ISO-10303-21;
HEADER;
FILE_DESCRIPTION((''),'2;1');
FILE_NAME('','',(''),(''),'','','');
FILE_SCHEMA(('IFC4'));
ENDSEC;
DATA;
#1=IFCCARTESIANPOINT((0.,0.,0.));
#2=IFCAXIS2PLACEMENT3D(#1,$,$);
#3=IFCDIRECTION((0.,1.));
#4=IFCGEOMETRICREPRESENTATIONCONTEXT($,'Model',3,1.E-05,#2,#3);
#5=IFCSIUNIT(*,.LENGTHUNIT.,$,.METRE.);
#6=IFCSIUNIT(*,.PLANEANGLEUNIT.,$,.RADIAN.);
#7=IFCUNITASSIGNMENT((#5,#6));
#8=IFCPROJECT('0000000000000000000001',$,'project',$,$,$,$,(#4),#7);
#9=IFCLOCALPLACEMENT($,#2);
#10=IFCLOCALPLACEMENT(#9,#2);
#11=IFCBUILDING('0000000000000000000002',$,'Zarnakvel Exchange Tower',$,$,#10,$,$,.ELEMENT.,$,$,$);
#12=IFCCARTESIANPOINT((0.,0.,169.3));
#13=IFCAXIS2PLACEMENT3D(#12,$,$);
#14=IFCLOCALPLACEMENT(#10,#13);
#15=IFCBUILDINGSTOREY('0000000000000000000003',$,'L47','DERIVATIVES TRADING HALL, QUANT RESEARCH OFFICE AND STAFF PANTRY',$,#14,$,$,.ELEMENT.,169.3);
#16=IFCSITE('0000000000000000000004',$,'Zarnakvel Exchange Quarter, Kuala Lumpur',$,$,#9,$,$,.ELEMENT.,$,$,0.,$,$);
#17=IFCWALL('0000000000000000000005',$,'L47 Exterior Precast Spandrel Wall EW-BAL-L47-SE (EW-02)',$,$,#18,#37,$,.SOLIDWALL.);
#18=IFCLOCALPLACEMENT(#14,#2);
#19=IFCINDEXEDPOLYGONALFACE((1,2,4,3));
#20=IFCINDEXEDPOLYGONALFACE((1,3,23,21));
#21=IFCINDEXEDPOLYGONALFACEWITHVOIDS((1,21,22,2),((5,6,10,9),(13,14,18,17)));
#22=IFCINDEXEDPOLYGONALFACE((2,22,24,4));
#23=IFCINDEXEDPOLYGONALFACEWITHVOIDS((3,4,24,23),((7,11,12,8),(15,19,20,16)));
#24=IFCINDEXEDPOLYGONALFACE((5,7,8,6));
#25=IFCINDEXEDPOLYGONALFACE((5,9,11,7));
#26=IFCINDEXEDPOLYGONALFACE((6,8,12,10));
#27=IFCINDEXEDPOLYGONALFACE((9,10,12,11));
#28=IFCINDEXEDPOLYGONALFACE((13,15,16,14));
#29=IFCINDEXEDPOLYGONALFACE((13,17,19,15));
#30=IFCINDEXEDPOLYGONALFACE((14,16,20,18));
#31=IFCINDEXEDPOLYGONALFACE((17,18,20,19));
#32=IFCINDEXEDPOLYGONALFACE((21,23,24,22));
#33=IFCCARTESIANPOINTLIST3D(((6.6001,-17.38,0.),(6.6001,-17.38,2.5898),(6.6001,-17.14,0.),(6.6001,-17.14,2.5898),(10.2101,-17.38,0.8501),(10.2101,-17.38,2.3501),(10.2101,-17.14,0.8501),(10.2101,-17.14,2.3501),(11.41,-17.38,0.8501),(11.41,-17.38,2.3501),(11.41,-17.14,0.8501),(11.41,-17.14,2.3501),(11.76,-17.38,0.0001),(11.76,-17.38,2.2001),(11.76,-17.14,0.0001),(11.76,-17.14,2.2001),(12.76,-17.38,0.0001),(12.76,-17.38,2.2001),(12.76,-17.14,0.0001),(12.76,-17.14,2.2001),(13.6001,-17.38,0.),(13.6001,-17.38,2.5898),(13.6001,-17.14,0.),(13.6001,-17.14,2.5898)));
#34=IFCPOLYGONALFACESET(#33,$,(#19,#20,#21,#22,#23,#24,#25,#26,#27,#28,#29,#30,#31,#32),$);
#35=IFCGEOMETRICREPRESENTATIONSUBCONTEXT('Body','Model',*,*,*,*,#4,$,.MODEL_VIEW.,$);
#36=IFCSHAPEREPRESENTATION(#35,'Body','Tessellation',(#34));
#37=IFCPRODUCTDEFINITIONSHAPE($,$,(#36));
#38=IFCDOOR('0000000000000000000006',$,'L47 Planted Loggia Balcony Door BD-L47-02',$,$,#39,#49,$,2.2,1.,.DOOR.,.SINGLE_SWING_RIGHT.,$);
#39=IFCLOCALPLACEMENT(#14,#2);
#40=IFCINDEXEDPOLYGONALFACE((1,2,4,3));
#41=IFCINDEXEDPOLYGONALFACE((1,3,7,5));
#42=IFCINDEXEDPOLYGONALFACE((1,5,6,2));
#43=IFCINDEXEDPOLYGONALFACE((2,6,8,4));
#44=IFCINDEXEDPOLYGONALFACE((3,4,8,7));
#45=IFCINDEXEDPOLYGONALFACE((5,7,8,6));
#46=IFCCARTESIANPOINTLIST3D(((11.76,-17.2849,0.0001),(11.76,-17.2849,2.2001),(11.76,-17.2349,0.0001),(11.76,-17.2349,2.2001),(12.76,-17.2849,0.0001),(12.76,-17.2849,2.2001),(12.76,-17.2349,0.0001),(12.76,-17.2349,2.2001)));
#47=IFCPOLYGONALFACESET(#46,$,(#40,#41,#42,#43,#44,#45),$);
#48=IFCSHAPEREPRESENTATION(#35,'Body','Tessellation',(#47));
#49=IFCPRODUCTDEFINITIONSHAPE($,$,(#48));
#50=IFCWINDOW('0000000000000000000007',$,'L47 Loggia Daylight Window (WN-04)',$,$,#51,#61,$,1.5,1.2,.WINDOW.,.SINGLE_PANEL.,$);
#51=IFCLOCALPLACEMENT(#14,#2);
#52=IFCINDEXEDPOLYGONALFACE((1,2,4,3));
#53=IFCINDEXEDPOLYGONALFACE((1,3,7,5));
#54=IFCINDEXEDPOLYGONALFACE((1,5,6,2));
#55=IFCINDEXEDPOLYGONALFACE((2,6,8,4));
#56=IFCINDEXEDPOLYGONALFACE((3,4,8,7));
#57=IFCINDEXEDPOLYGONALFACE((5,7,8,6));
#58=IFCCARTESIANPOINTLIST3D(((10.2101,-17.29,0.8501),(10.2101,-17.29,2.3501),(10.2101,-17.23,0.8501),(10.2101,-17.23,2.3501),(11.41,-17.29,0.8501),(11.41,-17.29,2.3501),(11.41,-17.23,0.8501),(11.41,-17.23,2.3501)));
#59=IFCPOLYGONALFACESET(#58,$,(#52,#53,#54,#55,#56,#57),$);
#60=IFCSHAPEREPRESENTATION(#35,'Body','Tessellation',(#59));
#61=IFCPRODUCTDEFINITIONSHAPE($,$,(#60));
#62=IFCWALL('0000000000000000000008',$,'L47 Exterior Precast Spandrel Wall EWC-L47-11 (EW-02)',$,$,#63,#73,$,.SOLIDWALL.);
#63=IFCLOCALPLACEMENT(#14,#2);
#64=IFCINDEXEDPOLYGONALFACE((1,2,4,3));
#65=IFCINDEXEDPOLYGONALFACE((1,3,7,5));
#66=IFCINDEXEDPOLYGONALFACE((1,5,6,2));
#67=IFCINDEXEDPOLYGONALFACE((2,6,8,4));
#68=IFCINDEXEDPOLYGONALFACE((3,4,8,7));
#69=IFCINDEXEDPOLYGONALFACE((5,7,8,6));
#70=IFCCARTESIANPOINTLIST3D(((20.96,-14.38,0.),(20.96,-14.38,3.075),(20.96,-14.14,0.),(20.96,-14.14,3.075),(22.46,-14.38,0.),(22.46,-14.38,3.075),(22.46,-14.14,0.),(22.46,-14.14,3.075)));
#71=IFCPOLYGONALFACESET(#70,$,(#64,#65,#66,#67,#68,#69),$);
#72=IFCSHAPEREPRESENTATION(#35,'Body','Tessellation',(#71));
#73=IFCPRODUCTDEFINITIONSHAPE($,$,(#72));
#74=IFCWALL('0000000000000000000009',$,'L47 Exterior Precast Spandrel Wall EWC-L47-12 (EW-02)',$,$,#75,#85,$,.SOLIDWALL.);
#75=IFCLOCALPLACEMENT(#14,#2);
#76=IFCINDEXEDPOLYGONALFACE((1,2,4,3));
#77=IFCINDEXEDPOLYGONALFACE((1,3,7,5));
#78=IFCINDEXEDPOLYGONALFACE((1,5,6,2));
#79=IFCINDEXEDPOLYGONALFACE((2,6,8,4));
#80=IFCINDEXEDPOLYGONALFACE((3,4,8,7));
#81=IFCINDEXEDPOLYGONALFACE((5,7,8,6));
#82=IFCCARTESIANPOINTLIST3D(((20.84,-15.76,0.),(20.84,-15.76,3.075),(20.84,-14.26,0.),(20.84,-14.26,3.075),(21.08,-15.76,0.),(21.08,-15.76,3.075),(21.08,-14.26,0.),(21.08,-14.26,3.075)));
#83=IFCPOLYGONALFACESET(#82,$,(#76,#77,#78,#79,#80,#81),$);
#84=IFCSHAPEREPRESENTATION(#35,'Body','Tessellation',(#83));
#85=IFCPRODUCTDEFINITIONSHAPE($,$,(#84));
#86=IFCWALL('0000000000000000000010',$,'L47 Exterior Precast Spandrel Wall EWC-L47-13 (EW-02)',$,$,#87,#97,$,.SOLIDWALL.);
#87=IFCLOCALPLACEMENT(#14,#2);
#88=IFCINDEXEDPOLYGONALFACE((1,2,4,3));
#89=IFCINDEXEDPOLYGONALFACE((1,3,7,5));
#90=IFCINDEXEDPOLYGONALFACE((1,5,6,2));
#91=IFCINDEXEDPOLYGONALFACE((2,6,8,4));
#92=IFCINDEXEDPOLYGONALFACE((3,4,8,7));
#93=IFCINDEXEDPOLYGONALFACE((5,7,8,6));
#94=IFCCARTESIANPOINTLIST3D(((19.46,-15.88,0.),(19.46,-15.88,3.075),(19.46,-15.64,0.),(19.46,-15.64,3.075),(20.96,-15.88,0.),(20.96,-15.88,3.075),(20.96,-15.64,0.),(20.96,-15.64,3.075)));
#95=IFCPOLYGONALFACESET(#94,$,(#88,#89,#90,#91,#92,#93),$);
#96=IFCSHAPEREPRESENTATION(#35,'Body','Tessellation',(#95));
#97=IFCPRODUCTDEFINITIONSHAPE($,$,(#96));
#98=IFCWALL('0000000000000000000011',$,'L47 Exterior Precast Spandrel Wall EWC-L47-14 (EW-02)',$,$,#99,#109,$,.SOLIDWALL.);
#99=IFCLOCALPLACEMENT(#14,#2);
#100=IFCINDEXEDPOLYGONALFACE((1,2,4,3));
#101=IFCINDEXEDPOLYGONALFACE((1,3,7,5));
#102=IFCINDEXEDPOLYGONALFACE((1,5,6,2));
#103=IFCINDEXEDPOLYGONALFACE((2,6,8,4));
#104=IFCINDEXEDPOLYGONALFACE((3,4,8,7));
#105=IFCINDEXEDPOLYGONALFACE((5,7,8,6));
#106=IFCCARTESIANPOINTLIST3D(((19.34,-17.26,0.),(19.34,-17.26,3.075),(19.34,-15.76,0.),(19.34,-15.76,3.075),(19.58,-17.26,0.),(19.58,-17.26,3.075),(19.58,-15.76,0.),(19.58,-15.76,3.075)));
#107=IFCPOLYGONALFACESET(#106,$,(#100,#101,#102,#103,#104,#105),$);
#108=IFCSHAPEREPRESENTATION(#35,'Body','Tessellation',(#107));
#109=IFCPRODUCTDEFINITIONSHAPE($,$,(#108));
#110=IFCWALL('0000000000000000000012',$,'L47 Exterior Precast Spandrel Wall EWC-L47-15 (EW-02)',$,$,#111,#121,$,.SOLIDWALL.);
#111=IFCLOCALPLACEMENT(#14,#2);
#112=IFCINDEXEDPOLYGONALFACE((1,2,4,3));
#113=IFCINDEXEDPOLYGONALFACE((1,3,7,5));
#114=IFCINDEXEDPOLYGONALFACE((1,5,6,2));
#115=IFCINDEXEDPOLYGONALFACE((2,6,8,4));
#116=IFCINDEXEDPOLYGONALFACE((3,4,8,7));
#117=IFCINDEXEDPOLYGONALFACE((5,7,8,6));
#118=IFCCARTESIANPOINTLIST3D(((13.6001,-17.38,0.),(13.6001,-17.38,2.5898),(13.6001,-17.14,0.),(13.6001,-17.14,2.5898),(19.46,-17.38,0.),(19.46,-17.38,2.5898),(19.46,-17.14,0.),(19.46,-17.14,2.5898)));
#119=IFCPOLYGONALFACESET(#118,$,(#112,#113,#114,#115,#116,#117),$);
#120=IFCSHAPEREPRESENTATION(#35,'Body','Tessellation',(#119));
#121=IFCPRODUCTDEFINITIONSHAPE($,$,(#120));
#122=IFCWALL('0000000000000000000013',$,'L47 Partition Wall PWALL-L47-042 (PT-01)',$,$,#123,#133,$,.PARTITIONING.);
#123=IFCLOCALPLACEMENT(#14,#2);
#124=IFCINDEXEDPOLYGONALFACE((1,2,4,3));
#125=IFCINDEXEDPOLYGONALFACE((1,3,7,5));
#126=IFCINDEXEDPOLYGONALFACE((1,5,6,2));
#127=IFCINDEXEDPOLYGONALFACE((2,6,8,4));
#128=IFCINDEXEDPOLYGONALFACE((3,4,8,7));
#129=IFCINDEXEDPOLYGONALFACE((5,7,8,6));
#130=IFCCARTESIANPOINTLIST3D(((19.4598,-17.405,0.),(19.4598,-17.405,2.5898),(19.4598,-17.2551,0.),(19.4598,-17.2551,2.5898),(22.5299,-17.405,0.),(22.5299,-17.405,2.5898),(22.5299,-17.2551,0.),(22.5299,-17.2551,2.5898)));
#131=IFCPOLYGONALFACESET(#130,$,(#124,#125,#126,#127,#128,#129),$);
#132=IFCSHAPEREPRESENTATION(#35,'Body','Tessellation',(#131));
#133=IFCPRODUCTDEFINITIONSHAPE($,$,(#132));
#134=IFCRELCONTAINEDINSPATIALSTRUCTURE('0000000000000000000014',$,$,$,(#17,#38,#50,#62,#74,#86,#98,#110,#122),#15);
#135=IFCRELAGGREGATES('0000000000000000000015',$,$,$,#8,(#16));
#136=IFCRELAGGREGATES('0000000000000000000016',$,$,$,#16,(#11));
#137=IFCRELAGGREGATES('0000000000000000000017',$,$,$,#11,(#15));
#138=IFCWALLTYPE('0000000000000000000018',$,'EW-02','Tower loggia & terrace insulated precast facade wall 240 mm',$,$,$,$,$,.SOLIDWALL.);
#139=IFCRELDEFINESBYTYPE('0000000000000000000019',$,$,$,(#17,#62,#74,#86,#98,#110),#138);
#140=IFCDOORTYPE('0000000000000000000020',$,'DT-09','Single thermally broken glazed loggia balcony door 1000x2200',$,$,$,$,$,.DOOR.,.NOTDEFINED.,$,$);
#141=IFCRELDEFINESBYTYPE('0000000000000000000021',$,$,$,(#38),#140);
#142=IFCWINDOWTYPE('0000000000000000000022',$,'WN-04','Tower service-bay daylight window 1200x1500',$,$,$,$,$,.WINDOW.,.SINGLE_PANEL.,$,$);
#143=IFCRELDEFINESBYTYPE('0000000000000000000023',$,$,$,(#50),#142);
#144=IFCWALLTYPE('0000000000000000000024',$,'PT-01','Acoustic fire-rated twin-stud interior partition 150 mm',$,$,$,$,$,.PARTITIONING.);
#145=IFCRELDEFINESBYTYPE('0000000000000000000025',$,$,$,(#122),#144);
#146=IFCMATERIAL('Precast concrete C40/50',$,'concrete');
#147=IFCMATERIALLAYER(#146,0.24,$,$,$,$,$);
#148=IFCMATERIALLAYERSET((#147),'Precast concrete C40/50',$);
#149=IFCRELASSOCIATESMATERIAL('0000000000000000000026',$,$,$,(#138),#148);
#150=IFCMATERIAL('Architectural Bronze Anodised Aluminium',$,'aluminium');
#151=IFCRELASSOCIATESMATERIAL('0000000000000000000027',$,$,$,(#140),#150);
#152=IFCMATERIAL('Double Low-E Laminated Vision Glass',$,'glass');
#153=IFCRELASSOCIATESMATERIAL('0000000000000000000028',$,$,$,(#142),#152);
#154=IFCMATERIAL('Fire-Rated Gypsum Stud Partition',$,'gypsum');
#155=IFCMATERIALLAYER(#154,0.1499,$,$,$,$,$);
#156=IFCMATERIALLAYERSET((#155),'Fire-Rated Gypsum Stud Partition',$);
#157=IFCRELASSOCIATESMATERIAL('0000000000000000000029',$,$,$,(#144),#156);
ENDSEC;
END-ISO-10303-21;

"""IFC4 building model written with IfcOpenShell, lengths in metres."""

from ifc_helpers import new_model, si_unit, direction, frame, frame_2d, origin, place, context, subcontext, project, spatial, rectangle, extrude, source, transform, mapped, material, layer, layer_set, type_object, element, fill, save


model = new_model("IFC4")

# Units and contexts
model_context = context("Model", 3, precision=1e-05, world=origin(), true_north=direction((0.0, 1.0)))
body_context = subcontext(model_context, "Body", "Model", "MODEL_VIEW")
ifc_project = project(units=[si_unit("LENGTHUNIT", "METRE"), si_unit("PLANEANGLEUNIT", "RADIAN")], contexts=[model_context])

# Site, building, storey
site_placement = place(None, origin())
site = spatial("IfcSite", under=ifc_project, at=site_placement, Name="Zarnakvel Exchange Quarter, Kuala Lumpur", CompositionType="ELEMENT", RefElevation=0.0)
building_placement = place(site_placement, origin())
building = spatial("IfcBuilding", under=site, at=building_placement, Name="Zarnakvel Exchange Tower", CompositionType="ELEMENT")
storey_placement = place(building_placement, frame((0.0, 0.0, 169.3)))
storey = spatial("IfcBuildingStorey", under=building, at=storey_placement, Name="L47", Description="DERIVATIVES TRADING HALL, QUANT RESEARCH OFFICE AND STAFF PANTRY", CompositionType="ELEMENT", Elevation=169.3)

# Wall, openings, door, window
ifc_material_1 = material(Name="Precast concrete C40/50", Category="concrete")
ifc_layer_1 = layer(ifc_material_1, 0.24)
ifc_layer_set_1 = layer_set([ifc_layer_1], Name="Precast concrete C40/50")
wall_type_1 = type_object("IfcWallType", Name="EW-02", Description="Tower loggia & terrace insulated precast facade wall 240 mm", PredefinedType="SOLIDWALL", material=ifc_layer_set_1)
wall_1_placement = place(storey_placement, frame((13.6001, -17.26, 0.0), z_axis=(0.0, 0.0, 1.0), x_axis=(-1.0, 0.0, 0.0)))
wall_1 = element("IfcWall", 1, at=wall_1_placement, inside=storey, type_object=wall_type_1, Name="L47 Exterior Precast Spandrel Wall EW-BAL-L47-SE (EW-02)", PredefinedType="SOLIDWALL", context=body_context, shape_type="SweptSolid", body=[
    extrude(rectangle(XDim=7.0, YDim=0.24, at=frame_2d((3.5, 0.0))), origin(), (0.0, 0.0, 1.0), 2.5898),
])
opening_1_placement = place(wall_1_placement, frame((0.8401, 0.0, 0.0)))
opening_1 = element("IfcOpeningElement", 2, at=opening_1_placement, cuts=wall_1, PredefinedType="OPENING", context=body_context, shape_type="SweptSolid", body=[
    extrude(rectangle(XDim=1.0, YDim=2.2, at=frame_2d((0.5, 1.1001))), frame((0.0, 0.1299, 0.0), z_axis=(0.0, -1.0, 0.0), x_axis=(1.0, 0.0, 0.0)), (0.0, 0.0, 1.0), 0.26),
])
opening_2_placement = place(wall_1_placement, frame((2.1899, 0.0, 0.8501)))
opening_2 = element("IfcOpeningElement", 3, at=opening_2_placement, cuts=wall_1, PredefinedType="OPENING", context=body_context, shape_type="SweptSolid", body=[
    extrude(rectangle(XDim=1.2, YDim=1.5, at=frame_2d((0.6001, 0.75))), frame((0.0, 0.1299, 0.0), z_axis=(0.0, -1.0, 0.0), x_axis=(1.0, 0.0, 0.0)), (0.0, 0.0, 1.0), 0.26),
])
ifc_material_2 = material(Name="Architectural Bronze Anodised Aluminium", Category="aluminium")
door_type = type_object("IfcDoorType", Name="DT-09", Description="Single thermally broken glazed loggia balcony door 1000x2200", OperationType="NOTDEFINED", PredefinedType="DOOR", material=ifc_material_2)
shared_shape_1 = source(origin(), body_context, "Body", "SweptSolid", [
    extrude(rectangle(XDim=1.0, YDim=2.2, at=frame_2d((0.5, 1.1001))), frame((0.0, 0.0249, 0.0), z_axis=(0.0, -1.0, 0.0), x_axis=(1.0, 0.0, 0.0)), (0.0, 0.0, 1.0), 0.05),
])
door_placement = place(opening_1_placement, origin())
door = element("IfcDoor", 4, at=door_placement, inside=storey, type_object=door_type, Name="L47 Planted Loggia Balcony Door BD-L47-02", OperationType="SINGLE_SWING_RIGHT", OverallHeight=2.2, OverallWidth=1.0, PredefinedType="DOOR", context=body_context, shape_type="MappedRepresentation", body=[
    mapped(shared_shape_1, transform((0.0, 0.0, 0.0), x_axis=(1.0, 0.0, 0.0), y_axis=(0.0, 1.0, 0.0), z_axis=(0.0, 0.0, 1.0), scale=1.0)),
])
fill(opening_1, door)
ifc_material_3 = material(Name="Double Low-E Laminated Vision Glass", Category="glass")
window_type = type_object("IfcWindowType", Name="WN-04", Description="Tower service-bay daylight window 1200x1500", PartitioningType="SINGLE_PANEL", PredefinedType="WINDOW", material=ifc_material_3)
shared_shape_2 = source(origin(), body_context, "Body", "SweptSolid", [
    extrude(rectangle(XDim=1.2, YDim=1.5, at=frame_2d((0.6001, 0.75))), frame((0.0, 0.03, 0.0), z_axis=(0.0, -1.0, 0.0), x_axis=(1.0, 0.0, 0.0)), (0.0, 0.0, 1.0), 0.0601),
])
window_placement = place(opening_2_placement, origin())
window = element("IfcWindow", 5, at=window_placement, inside=storey, type_object=window_type, Name="L47 Loggia Daylight Window (WN-04)", OverallHeight=1.5, OverallWidth=1.2, PartitioningType="SINGLE_PANEL", PredefinedType="WINDOW", context=body_context, shape_type="MappedRepresentation", body=[
    mapped(shared_shape_2, transform((0.0, 0.0, 0.0), x_axis=(1.0, 0.0, 0.0), y_axis=(0.0, 1.0, 0.0), z_axis=(0.0, 0.0, 1.0), scale=1.0)),
])
fill(opening_2, window)

# Walls
for number, where, z_axis, x_axis, name in (
    (6, (20.96, -14.26, 0.0), (0.0, 0.0, 1.0), (1.0, 0.0, 0.0), "L47 Exterior Precast Spandrel Wall EWC-L47-11 (EW-02)"),
    (7, (20.96, -15.76, 0.0), (0.0, 0.0, 1.0), (0.0, 1.0, 0.0), "L47 Exterior Precast Spandrel Wall EWC-L47-12 (EW-02)"),
    (8, (19.46, -15.76, 0.0), (0.0, 0.0, 1.0), (1.0, 0.0, 0.0), "L47 Exterior Precast Spandrel Wall EWC-L47-13 (EW-02)"),
    (9, (19.46, -17.26, 0.0), (0.0, 0.0, 1.0), (0.0, 1.0, 0.0), "L47 Exterior Precast Spandrel Wall EWC-L47-14 (EW-02)"),
):
    element("IfcWall", number, at=place(storey_placement, frame(where, z_axis=z_axis, x_axis=x_axis)), inside=storey, type_object=wall_type_1, Name=name, PredefinedType="SOLIDWALL", context=body_context, shape_type="SweptSolid", body=[
        extrude(rectangle(XDim=1.5, YDim=0.24, at=frame_2d((0.75, 0.0))), origin(), (0.0, 0.0, 1.0), 3.075),
    ])
wall_2_placement = place(storey_placement, frame((13.6001, -17.26, 0.0), z_axis=(0.0, 0.0, 1.0), x_axis=(1.0, 0.0, 0.0)))
element("IfcWall", 10, at=wall_2_placement, inside=storey, type_object=wall_type_1, Name="L47 Exterior Precast Spandrel Wall EWC-L47-15 (EW-02)", PredefinedType="SOLIDWALL", context=body_context, shape_type="SweptSolid", body=[
    extrude(rectangle(XDim=5.8599, YDim=0.24, at=frame_2d((2.9299, 0.0))), origin(), (0.0, 0.0, 1.0), 2.5898),
])
ifc_material_4 = material(Name="Fire-Rated Gypsum Stud Partition", Category="gypsum")
ifc_layer_2 = layer(ifc_material_4, 0.1499)
ifc_layer_set_2 = layer_set([ifc_layer_2], Name="Fire-Rated Gypsum Stud Partition")
wall_type_2 = type_object("IfcWallType", Name="PT-01", Description="Acoustic fire-rated twin-stud interior partition 150 mm", PredefinedType="PARTITIONING", material=ifc_layer_set_2)
wall_3_placement = place(storey_placement, frame((22.53, -17.3301, 0.0), z_axis=(0.0, 0.0, 1.0), x_axis=(-1.0, 0.0, 0.0)))
element("IfcWall", 11, at=wall_3_placement, inside=storey, type_object=wall_type_2, Name="L47 Partition Wall PWALL-L47-042 (PT-01)", PredefinedType="PARTITIONING", context=body_context, shape_type="SweptSolid", body=[
    extrude(rectangle(XDim=3.0701, YDim=0.1499, at=frame_2d((1.5352, 0.0))), origin(), (0.0, 0.0, 1.0), 2.5898),
])

save(model, "model.ifc")
